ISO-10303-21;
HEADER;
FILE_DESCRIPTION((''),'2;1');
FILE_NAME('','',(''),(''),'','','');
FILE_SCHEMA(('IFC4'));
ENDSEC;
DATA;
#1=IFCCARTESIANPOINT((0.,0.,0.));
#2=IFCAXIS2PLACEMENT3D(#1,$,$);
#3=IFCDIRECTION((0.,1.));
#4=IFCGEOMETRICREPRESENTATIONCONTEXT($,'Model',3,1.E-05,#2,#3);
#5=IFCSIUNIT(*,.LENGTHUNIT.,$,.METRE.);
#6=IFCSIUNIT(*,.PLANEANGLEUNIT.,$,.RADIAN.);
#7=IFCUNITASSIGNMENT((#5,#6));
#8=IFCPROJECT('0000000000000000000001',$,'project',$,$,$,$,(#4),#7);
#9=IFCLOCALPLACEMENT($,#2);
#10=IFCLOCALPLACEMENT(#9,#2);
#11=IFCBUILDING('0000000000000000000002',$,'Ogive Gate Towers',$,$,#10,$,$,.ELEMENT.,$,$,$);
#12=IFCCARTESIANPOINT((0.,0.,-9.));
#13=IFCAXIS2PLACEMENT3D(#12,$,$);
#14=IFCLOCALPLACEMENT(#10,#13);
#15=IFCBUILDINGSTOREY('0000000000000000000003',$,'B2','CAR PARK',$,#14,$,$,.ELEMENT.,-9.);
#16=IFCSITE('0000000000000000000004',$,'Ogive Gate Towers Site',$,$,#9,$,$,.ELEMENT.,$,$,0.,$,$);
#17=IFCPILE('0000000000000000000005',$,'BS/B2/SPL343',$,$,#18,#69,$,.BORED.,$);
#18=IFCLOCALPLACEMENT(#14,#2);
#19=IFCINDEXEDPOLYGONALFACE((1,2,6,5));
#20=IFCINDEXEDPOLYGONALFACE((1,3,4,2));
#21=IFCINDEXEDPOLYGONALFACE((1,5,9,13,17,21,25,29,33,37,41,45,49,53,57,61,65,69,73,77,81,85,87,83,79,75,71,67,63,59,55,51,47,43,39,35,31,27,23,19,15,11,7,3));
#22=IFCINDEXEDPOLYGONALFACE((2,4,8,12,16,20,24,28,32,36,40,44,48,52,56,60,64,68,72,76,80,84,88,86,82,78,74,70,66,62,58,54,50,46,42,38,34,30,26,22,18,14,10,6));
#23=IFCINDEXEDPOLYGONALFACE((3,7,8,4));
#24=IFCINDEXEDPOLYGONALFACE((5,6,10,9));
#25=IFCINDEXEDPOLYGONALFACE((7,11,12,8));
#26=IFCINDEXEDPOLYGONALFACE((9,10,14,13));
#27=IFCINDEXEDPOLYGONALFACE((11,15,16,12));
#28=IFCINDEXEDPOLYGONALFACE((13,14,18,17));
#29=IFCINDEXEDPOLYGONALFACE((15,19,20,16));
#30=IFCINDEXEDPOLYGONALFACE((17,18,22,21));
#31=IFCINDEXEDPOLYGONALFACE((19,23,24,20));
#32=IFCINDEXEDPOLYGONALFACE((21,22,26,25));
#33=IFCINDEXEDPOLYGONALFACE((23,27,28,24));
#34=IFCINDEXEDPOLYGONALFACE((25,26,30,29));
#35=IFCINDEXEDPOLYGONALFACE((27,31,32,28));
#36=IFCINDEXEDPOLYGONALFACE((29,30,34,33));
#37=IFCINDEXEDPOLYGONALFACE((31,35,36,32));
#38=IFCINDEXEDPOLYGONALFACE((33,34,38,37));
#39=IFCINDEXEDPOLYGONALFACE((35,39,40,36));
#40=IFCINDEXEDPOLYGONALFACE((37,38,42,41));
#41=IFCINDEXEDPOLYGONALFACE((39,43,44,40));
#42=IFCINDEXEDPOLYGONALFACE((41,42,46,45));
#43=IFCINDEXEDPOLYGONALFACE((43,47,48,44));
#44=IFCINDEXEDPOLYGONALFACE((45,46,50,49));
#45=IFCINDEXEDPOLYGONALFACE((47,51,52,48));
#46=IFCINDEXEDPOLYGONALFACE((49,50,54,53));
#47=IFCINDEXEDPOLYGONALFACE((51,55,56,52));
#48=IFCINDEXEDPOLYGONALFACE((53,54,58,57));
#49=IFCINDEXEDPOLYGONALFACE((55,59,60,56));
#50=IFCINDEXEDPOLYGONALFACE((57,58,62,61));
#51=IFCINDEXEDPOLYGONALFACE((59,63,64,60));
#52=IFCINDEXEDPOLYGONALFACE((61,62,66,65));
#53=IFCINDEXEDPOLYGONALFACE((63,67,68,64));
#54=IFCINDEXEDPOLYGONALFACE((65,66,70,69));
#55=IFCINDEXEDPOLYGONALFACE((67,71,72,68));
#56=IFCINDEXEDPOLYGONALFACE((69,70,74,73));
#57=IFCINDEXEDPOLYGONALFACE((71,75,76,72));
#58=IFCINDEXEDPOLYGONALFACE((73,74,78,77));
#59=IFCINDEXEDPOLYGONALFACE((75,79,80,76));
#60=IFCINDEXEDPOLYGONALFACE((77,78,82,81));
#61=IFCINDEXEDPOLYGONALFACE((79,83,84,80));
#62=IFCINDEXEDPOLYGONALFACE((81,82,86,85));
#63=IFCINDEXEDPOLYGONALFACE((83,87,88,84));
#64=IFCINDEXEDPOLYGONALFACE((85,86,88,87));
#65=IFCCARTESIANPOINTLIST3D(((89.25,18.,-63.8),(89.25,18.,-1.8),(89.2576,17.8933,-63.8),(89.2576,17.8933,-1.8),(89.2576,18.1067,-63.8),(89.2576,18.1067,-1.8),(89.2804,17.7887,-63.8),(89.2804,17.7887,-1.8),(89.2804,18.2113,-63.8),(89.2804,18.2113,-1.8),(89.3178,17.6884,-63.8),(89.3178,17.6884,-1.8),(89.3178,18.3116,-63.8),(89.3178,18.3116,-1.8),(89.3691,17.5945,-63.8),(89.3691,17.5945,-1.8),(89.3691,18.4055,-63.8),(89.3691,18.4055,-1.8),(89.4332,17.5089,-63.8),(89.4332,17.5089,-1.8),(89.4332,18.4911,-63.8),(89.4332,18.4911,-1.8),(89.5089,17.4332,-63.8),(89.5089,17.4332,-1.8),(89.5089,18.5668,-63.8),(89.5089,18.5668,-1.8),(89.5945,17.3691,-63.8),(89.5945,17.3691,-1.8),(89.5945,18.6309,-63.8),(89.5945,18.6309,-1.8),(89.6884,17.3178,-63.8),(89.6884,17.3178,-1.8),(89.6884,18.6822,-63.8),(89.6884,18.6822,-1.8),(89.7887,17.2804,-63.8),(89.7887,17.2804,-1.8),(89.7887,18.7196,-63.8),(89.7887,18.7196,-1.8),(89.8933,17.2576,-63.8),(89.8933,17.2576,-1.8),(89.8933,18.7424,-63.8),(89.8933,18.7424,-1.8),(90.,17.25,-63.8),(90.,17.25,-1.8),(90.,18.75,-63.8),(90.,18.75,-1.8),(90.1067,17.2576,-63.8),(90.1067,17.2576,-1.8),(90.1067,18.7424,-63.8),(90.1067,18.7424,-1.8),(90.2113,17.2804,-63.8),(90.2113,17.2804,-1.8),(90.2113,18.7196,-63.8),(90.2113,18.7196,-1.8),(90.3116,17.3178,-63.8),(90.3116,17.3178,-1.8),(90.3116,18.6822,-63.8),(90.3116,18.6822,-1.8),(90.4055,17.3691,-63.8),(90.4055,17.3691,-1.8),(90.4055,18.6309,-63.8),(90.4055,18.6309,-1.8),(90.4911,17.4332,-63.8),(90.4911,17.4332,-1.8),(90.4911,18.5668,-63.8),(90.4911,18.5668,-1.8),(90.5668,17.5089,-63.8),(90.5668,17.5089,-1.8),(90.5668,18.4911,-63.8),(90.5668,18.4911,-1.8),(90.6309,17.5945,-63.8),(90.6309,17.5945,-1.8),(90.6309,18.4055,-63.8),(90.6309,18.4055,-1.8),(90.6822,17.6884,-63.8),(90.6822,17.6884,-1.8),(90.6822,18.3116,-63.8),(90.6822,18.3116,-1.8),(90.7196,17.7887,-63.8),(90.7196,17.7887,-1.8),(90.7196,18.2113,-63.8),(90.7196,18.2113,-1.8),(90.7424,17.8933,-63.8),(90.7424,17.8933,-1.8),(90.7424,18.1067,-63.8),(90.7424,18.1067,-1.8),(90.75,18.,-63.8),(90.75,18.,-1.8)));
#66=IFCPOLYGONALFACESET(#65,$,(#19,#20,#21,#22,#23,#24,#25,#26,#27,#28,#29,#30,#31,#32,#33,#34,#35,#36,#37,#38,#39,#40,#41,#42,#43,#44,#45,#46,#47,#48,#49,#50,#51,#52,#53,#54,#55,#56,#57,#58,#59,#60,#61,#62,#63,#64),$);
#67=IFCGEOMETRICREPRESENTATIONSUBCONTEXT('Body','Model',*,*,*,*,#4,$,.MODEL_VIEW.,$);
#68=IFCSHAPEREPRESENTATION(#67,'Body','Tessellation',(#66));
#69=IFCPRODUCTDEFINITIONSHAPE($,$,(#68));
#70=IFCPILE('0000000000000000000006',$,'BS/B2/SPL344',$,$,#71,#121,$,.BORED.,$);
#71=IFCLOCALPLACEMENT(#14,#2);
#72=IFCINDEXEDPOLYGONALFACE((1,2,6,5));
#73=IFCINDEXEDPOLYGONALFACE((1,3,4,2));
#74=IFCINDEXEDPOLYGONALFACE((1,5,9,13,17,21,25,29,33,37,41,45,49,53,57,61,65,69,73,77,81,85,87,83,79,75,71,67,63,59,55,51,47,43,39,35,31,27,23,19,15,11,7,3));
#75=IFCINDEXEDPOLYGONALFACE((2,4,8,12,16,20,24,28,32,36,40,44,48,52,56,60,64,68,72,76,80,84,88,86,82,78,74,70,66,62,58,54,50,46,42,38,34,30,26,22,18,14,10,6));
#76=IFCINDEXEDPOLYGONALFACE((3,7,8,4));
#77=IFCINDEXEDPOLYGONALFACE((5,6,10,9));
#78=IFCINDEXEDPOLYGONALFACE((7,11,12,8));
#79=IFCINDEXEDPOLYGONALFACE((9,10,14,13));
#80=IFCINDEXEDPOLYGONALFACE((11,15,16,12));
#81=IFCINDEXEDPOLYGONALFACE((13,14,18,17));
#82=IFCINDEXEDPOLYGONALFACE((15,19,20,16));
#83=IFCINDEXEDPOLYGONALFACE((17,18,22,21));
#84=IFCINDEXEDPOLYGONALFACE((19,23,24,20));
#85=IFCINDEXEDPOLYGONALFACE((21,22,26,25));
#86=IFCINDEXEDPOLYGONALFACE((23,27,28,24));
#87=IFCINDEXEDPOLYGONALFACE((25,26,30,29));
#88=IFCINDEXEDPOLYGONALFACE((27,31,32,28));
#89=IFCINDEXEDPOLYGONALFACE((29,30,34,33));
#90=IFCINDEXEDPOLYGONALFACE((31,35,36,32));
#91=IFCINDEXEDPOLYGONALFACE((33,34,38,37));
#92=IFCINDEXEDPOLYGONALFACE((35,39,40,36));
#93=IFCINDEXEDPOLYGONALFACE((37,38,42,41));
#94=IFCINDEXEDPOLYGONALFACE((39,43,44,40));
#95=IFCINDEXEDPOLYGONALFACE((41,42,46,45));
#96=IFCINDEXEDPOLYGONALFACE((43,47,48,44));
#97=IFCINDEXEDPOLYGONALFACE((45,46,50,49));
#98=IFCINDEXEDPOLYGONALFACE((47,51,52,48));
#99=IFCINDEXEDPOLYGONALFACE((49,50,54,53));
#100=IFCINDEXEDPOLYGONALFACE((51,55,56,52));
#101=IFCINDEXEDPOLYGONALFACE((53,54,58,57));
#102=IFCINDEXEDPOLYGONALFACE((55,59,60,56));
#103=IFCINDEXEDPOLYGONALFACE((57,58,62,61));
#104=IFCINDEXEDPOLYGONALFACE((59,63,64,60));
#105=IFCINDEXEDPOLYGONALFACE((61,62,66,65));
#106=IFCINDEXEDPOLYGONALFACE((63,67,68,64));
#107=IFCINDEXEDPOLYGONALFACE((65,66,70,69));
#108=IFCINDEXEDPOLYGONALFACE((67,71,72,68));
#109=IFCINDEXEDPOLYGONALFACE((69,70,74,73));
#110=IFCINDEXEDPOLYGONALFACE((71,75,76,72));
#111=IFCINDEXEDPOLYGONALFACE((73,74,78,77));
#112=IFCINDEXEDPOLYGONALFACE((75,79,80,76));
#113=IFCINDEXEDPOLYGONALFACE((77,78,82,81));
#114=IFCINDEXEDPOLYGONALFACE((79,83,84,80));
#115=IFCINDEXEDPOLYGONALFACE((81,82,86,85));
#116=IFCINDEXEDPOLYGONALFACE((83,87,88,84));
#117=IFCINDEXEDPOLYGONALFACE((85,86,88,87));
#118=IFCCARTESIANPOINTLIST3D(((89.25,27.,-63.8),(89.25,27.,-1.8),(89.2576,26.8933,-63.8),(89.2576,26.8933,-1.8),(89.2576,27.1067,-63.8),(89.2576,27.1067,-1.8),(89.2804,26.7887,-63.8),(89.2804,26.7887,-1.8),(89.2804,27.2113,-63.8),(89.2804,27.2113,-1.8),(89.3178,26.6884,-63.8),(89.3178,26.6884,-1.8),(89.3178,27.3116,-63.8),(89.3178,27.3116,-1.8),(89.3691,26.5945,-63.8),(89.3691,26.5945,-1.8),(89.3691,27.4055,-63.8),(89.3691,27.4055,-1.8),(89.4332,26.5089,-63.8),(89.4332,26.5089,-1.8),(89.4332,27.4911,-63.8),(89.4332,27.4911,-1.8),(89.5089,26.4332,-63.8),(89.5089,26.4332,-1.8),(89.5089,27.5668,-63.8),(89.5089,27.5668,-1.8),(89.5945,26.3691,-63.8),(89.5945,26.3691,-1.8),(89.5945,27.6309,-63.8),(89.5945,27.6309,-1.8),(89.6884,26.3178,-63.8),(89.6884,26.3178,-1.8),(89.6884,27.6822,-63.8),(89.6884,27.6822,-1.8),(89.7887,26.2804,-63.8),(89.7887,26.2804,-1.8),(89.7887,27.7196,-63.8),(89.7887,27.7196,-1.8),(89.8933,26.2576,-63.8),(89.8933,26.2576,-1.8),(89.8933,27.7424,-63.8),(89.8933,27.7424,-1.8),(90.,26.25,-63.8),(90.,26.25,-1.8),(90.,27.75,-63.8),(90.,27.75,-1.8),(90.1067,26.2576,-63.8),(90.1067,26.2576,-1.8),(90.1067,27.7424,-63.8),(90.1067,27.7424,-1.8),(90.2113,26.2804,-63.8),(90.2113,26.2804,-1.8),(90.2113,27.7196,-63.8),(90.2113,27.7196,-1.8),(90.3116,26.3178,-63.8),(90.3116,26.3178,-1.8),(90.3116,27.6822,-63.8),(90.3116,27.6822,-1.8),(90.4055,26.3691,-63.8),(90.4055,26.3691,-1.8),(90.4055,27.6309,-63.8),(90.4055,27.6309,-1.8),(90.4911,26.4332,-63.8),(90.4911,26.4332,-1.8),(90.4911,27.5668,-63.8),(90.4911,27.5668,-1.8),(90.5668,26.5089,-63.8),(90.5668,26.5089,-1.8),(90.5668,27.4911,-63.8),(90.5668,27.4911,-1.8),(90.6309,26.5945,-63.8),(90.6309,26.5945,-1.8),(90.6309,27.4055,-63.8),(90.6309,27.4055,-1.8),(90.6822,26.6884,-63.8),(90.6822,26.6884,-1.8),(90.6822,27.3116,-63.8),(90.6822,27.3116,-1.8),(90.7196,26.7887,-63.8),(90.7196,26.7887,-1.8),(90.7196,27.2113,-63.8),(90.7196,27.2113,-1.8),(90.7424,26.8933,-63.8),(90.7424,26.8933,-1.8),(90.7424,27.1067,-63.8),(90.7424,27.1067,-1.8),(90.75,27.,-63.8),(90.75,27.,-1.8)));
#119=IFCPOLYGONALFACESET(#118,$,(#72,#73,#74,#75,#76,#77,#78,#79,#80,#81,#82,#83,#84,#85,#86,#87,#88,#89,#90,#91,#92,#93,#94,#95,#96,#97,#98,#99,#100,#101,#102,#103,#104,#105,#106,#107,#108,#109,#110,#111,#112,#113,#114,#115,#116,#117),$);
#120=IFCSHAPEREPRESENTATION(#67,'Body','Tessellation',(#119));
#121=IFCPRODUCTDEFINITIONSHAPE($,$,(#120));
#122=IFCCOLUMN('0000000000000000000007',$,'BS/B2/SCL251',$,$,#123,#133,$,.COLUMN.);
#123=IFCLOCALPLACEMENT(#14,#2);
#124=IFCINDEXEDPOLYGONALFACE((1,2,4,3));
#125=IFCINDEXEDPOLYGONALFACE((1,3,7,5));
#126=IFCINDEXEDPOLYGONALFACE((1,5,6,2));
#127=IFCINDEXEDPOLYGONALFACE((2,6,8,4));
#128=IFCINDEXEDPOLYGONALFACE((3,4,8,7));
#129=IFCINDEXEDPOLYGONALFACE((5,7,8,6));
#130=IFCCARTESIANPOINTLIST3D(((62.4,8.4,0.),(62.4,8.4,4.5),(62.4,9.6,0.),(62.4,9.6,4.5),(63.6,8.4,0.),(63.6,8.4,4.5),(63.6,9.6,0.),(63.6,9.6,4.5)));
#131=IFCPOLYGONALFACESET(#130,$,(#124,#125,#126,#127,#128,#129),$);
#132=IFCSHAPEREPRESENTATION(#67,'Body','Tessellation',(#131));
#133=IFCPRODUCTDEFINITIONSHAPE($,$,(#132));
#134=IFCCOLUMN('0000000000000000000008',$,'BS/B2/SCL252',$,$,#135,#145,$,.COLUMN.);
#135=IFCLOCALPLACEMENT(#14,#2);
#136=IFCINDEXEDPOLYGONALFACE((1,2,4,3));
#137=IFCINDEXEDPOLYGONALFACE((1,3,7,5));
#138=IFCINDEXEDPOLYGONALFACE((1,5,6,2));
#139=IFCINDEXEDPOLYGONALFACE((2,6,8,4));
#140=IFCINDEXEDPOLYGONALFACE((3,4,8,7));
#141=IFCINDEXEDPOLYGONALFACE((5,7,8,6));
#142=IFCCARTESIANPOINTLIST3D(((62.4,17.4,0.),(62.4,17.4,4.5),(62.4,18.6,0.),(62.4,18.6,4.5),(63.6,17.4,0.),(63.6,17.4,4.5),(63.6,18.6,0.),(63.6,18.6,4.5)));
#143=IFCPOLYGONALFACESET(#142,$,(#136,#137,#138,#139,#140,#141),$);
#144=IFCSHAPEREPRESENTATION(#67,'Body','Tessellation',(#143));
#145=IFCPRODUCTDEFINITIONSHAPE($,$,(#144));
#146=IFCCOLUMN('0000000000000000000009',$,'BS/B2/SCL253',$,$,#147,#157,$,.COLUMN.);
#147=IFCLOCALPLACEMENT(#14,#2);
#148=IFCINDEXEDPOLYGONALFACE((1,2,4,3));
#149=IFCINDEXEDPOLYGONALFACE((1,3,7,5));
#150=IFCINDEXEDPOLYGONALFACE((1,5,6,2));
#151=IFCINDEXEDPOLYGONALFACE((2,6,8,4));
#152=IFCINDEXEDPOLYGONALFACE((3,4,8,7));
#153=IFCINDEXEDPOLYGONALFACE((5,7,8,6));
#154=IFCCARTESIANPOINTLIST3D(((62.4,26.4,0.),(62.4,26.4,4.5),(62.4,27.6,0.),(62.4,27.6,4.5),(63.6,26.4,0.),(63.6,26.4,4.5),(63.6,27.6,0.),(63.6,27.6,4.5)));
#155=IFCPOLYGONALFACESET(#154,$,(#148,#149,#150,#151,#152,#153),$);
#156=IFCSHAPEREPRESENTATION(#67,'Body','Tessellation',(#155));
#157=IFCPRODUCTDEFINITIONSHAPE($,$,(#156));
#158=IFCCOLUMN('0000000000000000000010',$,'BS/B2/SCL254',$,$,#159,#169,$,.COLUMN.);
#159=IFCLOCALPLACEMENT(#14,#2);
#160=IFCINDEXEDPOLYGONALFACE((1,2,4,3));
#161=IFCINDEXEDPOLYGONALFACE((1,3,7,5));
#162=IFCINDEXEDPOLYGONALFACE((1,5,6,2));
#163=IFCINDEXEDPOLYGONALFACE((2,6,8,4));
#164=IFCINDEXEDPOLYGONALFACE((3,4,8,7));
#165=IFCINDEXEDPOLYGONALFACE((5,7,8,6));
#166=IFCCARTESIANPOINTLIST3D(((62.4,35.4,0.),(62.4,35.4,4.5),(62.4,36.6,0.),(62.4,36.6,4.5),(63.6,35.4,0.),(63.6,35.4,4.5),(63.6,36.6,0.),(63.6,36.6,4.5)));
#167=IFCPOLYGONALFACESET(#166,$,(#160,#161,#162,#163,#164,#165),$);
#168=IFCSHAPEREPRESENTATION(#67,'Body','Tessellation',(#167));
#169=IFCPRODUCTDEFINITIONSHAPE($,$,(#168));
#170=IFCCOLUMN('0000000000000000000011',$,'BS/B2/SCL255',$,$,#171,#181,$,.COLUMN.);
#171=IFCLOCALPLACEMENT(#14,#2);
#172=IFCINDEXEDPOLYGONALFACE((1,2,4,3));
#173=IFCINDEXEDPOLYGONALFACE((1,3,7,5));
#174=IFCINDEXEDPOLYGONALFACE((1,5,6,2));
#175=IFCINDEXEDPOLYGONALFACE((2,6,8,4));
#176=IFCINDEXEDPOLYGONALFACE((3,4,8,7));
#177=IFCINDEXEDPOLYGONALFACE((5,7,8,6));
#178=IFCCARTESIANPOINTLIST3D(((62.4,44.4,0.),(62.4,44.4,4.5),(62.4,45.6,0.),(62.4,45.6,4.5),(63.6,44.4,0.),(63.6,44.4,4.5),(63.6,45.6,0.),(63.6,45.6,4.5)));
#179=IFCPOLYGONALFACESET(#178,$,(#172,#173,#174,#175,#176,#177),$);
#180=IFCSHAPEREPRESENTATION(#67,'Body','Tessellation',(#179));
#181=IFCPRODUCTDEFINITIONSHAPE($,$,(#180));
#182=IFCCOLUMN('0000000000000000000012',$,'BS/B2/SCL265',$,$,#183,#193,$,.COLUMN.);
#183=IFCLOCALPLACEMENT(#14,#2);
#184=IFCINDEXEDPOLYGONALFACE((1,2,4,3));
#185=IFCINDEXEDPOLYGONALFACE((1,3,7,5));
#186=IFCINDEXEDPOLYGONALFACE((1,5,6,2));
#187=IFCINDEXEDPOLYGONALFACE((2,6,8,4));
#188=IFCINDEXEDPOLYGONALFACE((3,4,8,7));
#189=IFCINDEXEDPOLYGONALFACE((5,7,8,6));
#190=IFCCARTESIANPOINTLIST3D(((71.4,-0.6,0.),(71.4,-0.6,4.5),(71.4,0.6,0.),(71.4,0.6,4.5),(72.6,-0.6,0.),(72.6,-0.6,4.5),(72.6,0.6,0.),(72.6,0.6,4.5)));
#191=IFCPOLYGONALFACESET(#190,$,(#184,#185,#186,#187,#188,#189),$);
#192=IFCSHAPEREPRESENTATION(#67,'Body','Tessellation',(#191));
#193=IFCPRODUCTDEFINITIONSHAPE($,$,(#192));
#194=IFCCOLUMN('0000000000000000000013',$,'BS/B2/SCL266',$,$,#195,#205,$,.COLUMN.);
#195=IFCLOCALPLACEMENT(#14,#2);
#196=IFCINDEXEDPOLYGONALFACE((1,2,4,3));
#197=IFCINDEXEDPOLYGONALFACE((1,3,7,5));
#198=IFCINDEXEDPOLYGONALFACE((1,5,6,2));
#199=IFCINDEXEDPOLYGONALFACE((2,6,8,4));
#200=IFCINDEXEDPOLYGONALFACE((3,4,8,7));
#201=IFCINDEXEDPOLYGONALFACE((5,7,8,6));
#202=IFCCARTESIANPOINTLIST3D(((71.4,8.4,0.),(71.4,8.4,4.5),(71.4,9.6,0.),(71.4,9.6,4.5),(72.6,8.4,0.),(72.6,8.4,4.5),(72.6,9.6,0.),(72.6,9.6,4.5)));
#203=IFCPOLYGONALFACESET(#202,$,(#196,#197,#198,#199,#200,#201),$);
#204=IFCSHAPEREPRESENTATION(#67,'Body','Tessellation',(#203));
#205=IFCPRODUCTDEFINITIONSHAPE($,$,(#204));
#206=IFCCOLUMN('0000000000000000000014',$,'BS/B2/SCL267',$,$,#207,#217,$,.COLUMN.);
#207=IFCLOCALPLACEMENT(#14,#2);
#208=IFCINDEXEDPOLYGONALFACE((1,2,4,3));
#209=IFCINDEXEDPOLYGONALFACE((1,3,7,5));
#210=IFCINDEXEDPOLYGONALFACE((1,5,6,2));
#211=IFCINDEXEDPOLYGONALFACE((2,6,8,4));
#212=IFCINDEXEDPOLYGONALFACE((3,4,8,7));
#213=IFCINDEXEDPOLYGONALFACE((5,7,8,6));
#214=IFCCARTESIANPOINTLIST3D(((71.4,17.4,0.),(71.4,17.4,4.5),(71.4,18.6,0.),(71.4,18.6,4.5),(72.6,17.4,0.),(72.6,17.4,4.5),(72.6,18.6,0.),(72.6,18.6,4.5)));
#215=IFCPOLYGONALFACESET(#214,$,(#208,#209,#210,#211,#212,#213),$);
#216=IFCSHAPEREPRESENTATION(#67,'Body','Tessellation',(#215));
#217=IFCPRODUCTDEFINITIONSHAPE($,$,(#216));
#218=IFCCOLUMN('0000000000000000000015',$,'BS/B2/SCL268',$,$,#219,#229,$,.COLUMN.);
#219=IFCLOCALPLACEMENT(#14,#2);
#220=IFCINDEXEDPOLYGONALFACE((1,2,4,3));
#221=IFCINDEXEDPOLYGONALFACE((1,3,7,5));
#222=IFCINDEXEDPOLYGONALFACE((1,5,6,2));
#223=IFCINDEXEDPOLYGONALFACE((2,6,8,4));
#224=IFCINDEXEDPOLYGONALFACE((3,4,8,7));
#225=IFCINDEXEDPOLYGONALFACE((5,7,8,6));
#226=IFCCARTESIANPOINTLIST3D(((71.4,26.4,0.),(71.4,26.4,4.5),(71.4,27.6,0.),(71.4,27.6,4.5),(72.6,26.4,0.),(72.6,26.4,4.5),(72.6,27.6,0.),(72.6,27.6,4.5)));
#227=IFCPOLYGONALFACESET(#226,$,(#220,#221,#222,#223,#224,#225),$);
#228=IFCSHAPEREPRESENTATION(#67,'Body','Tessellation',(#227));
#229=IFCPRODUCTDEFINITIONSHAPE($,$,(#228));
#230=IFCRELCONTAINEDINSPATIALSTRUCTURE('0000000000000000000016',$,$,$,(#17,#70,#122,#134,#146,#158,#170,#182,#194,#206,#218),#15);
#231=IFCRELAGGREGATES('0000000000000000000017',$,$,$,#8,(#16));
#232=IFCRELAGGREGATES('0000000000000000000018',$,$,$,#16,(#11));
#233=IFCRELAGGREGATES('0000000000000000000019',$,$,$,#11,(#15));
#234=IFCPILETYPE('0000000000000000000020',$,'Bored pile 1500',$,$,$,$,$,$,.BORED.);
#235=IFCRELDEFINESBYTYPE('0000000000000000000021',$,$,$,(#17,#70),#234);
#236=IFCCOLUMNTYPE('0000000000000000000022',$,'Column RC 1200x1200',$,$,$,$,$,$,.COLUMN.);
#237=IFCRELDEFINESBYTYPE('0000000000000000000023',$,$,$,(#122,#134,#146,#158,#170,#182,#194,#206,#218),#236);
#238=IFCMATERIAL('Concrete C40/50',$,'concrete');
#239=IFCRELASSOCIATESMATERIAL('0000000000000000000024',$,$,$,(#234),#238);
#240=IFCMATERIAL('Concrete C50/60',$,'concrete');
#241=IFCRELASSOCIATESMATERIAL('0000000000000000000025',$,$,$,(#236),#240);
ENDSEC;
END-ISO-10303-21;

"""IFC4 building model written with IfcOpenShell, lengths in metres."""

from ifc_helpers import new_model, si_unit, direction, frame, origin, origin_2d, place, context, subcontext, project, spatial, rectangle, circle, extrude, material, material_profile, profile_set, type_object, element, save


model = new_model("IFC4")

# Units and contexts
model_context = context("Model", 3, precision=1e-05, world=origin(), true_north=direction((0.0, 1.0)))
body_context = subcontext(model_context, "Body", "Model", "MODEL_VIEW")
ifc_project = project(units=[si_unit("LENGTHUNIT", "METRE"), si_unit("PLANEANGLEUNIT", "RADIAN")], contexts=[model_context])

# Site, building, storey
site_placement = place(None, origin())
site = spatial("IfcSite", under=ifc_project, at=site_placement, Name="Ogive Gate Towers Site", CompositionType="ELEMENT", RefElevation=0.0)
building_placement = place(site_placement, origin())
building = spatial("IfcBuilding", under=site, at=building_placement, Name="Ogive Gate Towers", CompositionType="ELEMENT")
storey_placement = place(building_placement, frame((0.0, 0.0, -9.0)))
storey = spatial("IfcBuildingStorey", under=building, at=storey_placement, Name="B2", Description="CAR PARK", CompositionType="ELEMENT", Elevation=-9.0)

# Piles
ifc_material_1 = material(Name="Concrete C40/50", Category="concrete")
ifc_material_profile_1 = material_profile(ifc_material_1, circle(Radius=0.75, at=origin_2d()), Name="BP 1500")
ifc_profile_set_1 = profile_set([ifc_material_profile_1], Name="Concrete C40/50")
pile_type = type_object("IfcPileType", Name="Bored pile 1500", PredefinedType="BORED", material=ifc_profile_set_1)
for number, where, z_axis, x_axis, name in (
    (1, (90.0, 18.0, -1.8), (0.0, 0.0, -1.0), (1.0, 0.0, 0.0), "BS/B2/SPL343"),
    (2, (90.0, 27.0, -1.8), (0.0, 0.0, -1.0), (1.0, 0.0, 0.0), "BS/B2/SPL344"),
):
    element("IfcPile", number, at=place(storey_placement, frame(where, z_axis=z_axis, x_axis=x_axis)), inside=storey, type_object=pile_type, Name=name, PredefinedType="BORED", context=body_context, shape_type="SweptSolid", body=[
        extrude(circle(Radius=0.75, at=origin_2d()), origin(), (0.0, 0.0, 1.0), 62.0),
    ])

# Columns
ifc_material_2 = material(Name="Concrete C50/60", Category="concrete")
ifc_material_profile_2 = material_profile(ifc_material_2, rectangle(XDim=1.2, YDim=1.2, at=origin_2d()), Name="RC 1200x1200")
ifc_profile_set_2 = profile_set([ifc_material_profile_2], Name="Concrete C50/60")
column_type = type_object("IfcColumnType", Name="Column RC 1200x1200", PredefinedType="COLUMN", material=ifc_profile_set_2)
for number, where, z_axis, x_axis, name in (
    (3, (63.0, 9.0, 0.0), (0.0, 0.0, 1.0), (1.0, 0.0, 0.0), "BS/B2/SCL251"),
    (4, (63.0, 18.0, 0.0), (0.0, 0.0, 1.0), (1.0, 0.0, 0.0), "BS/B2/SCL252"),
    (5, (63.0, 27.0, 0.0), (0.0, 0.0, 1.0), (1.0, 0.0, 0.0), "BS/B2/SCL253"),
    (6, (63.0, 36.0, 0.0), (0.0, 0.0, 1.0), (1.0, 0.0, 0.0), "BS/B2/SCL254"),
    (7, (63.0, 45.0, 0.0), (0.0, 0.0, 1.0), (1.0, 0.0, 0.0), "BS/B2/SCL255"),
    (8, (72.0, 0.0, 0.0), (0.0, 0.0, 1.0), (1.0, 0.0, 0.0), "BS/B2/SCL265"),
    (9, (72.0, 9.0, 0.0), (0.0, 0.0, 1.0), (1.0, 0.0, 0.0), "BS/B2/SCL266"),
    (10, (72.0, 18.0, 0.0), (0.0, 0.0, 1.0), (1.0, 0.0, 0.0), "BS/B2/SCL267"),
    (11, (72.0, 27.0, 0.0), (0.0, 0.0, 1.0), (1.0, 0.0, 0.0), "BS/B2/SCL268"),
):
    element("IfcColumn", number, at=place(storey_placement, frame(where, z_axis=z_axis, x_axis=x_axis)), inside=storey, type_object=column_type, Name=name, PredefinedType="COLUMN", context=body_context, shape_type="SweptSolid", body=[
        extrude(rectangle(XDim=1.2, YDim=1.2, at=origin_2d()), origin(), (0.0, 0.0, 1.0), 4.5),
    ])

save(model, "model.ifc")
